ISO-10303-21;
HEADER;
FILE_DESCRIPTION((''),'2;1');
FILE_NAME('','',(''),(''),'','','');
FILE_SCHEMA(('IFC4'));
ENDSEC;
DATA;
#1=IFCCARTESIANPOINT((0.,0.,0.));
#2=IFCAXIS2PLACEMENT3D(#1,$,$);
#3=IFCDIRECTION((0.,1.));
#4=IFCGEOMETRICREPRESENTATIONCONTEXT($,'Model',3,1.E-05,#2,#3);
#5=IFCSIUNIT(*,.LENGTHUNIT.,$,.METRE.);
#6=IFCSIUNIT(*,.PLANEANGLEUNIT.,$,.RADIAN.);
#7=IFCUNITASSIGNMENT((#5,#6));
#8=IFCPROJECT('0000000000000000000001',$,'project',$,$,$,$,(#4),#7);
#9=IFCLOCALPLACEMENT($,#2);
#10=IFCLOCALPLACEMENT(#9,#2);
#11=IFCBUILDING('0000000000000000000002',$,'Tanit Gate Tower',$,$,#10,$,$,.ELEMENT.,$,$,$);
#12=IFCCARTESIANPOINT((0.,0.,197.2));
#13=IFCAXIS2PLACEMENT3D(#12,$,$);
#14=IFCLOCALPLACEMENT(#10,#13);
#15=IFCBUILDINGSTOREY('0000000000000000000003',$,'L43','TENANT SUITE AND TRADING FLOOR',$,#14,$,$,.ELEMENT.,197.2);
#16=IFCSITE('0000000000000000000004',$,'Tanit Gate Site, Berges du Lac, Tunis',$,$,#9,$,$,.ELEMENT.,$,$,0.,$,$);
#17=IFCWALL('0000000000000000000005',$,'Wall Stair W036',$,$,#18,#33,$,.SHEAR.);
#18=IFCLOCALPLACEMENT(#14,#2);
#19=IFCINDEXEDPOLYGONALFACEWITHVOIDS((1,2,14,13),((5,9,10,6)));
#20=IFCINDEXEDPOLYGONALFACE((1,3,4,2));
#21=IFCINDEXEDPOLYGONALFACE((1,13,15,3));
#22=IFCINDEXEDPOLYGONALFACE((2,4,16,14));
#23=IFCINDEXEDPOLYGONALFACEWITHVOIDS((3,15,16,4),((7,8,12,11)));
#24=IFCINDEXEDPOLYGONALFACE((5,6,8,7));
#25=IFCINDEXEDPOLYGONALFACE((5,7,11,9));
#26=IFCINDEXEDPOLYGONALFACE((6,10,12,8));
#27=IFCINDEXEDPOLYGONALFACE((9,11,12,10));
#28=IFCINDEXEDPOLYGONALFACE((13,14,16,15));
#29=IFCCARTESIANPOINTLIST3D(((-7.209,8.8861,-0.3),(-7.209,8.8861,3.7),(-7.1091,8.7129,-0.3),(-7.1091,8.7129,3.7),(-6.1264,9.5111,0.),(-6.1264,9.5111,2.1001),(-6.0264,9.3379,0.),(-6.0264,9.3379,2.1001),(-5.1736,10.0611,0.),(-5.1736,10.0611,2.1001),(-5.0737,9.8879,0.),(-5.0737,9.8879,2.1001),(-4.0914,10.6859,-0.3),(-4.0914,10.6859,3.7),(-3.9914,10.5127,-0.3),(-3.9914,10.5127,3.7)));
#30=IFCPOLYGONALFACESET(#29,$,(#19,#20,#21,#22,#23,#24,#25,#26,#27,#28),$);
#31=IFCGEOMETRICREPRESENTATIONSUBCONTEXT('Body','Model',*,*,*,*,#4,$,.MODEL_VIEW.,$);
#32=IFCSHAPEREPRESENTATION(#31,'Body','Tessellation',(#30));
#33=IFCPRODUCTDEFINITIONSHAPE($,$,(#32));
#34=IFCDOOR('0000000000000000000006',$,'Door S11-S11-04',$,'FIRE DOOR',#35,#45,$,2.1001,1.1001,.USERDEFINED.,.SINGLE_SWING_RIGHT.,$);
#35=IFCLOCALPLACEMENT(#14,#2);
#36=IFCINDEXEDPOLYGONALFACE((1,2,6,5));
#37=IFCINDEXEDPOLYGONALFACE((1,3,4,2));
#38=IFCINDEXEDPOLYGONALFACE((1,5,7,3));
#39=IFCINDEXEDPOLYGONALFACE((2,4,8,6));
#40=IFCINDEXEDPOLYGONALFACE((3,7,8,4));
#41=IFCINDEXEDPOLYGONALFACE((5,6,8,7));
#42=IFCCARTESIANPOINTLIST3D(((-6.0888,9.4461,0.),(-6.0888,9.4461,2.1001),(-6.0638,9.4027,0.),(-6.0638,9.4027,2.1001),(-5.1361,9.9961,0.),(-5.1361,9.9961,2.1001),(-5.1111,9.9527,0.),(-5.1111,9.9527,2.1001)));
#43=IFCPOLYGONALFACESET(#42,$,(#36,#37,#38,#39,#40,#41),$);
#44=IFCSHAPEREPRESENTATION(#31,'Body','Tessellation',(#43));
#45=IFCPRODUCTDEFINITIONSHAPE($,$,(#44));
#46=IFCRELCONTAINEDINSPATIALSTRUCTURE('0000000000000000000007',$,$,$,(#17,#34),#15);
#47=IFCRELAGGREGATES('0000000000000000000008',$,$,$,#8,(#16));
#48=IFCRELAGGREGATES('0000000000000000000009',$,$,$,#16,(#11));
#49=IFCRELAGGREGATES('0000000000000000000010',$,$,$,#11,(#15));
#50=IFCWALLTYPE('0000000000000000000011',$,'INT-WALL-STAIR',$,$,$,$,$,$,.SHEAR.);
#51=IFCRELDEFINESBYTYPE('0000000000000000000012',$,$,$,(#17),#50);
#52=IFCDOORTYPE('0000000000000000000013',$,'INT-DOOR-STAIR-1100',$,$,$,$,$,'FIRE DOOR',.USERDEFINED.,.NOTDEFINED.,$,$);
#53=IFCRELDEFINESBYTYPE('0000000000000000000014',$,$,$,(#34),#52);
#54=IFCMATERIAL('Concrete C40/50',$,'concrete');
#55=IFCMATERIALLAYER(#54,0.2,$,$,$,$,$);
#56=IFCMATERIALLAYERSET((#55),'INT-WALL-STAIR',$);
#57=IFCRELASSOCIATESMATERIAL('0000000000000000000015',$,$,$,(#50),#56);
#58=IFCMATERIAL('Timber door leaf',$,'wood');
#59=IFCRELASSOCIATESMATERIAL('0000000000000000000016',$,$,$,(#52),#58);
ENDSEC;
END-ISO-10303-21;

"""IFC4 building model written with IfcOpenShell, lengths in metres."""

from ifc_helpers import new_model, si_unit, direction, frame, frame_2d, origin, place, context, subcontext, project, spatial, rectangle, extrude, material, layer, layer_set, type_object, element, fill, save


model = new_model("IFC4")

# Units and contexts
model_context = context("Model", 3, precision=1e-05, world=origin(), true_north=direction((0.0, 1.0)))
body_context = subcontext(model_context, "Body", "Model", "MODEL_VIEW")
ifc_project = project(units=[si_unit("LENGTHUNIT", "METRE"), si_unit("PLANEANGLEUNIT", "RADIAN")], contexts=[model_context])

# Site, building, storey
site_placement = place(None, origin())
site = spatial("IfcSite", under=ifc_project, at=site_placement, Name="Tanit Gate Site, Berges du Lac, Tunis", CompositionType="ELEMENT", RefElevation=0.0)
building_placement = place(site_placement, origin())
building = spatial("IfcBuilding", under=site, at=building_placement, Name="Tanit Gate Tower", CompositionType="ELEMENT")
storey_placement = place(building_placement, frame((0.0, 0.0, 197.2)))
storey = spatial("IfcBuildingStorey", under=building, at=storey_placement, Name="L43", Description="TENANT SUITE AND TRADING FLOOR", CompositionType="ELEMENT", Elevation=197.2)

# Wall, opening, door
ifc_material_1 = material(Name="Concrete C40/50", Category="concrete")
ifc_layer_1 = layer(ifc_material_1, 0.2)
ifc_layer_set_1 = layer_set([ifc_layer_1], Name="INT-WALL-STAIR")
wall_type_1 = type_object("IfcWallType", Name="INT-WALL-STAIR", PredefinedType="SHEAR", material=ifc_layer_set_1)
wall_1_placement = place(storey_placement, frame((-7.1589, 8.7996, -0.3), z_axis=(0.0, 0.0, 1.0), x_axis=(0.866048, 0.499961, 0.0)))
wall_1 = element("IfcWall", 1, at=wall_1_placement, inside=storey, type_object=wall_type_1, Name="Wall Stair W036", PredefinedType="SHEAR", context=body_context, shape_type="SweptSolid", body=[
    extrude(rectangle(XDim=3.5999, YDim=0.2, at=frame_2d((1.7998, 0.0))), origin(), (0.0, 0.0, 1.0), 4.0),
])
opening_1_placement = place(wall_1_placement, frame((1.25, 0.0, 0.3)))
opening_1 = element("IfcOpeningElement", 2, at=opening_1_placement, cuts=wall_1, PredefinedType="OPENING", context=body_context, shape_type="SweptSolid", body=[
    extrude(rectangle(XDim=1.1001, YDim=2.1001, at=frame_2d((0.55, 1.05))), frame((0.0, 0.1099, 0.0), z_axis=(0.0, -1.0, 0.0), x_axis=(1.0, 0.0, 0.0)), (0.0, 0.0, 1.0), 0.22),
])
ifc_material_2 = material(Name="Timber door leaf", Category="wood")
door_type_1 = type_object("IfcDoorType", Name="INT-DOOR-STAIR-1100", ElementType="FIRE DOOR", OperationType="NOTDEFINED", PredefinedType="USERDEFINED", material=ifc_material_2)
door_1_placement = place(opening_1_placement, origin())
door_1 = element("IfcDoor", 3, at=door_1_placement, inside=storey, type_object=door_type_1, Name="Door S11-S11-04", ObjectType="FIRE DOOR", OperationType="SINGLE_SWING_RIGHT", OverallHeight=2.1001, OverallWidth=1.1001, PredefinedType="USERDEFINED", context=body_context, shape_type="SweptSolid", body=[
    extrude(rectangle(XDim=1.1001, YDim=2.1001, at=frame_2d((0.55, 1.05))), frame((0.0, 0.0249, 0.0), z_axis=(0.0, -1.0, 0.0), x_axis=(1.0, 0.0, 0.0)), (0.0, 0.0, 1.0), 0.05),
])
fill(opening_1, door_1)

save(model, "model.ifc")
